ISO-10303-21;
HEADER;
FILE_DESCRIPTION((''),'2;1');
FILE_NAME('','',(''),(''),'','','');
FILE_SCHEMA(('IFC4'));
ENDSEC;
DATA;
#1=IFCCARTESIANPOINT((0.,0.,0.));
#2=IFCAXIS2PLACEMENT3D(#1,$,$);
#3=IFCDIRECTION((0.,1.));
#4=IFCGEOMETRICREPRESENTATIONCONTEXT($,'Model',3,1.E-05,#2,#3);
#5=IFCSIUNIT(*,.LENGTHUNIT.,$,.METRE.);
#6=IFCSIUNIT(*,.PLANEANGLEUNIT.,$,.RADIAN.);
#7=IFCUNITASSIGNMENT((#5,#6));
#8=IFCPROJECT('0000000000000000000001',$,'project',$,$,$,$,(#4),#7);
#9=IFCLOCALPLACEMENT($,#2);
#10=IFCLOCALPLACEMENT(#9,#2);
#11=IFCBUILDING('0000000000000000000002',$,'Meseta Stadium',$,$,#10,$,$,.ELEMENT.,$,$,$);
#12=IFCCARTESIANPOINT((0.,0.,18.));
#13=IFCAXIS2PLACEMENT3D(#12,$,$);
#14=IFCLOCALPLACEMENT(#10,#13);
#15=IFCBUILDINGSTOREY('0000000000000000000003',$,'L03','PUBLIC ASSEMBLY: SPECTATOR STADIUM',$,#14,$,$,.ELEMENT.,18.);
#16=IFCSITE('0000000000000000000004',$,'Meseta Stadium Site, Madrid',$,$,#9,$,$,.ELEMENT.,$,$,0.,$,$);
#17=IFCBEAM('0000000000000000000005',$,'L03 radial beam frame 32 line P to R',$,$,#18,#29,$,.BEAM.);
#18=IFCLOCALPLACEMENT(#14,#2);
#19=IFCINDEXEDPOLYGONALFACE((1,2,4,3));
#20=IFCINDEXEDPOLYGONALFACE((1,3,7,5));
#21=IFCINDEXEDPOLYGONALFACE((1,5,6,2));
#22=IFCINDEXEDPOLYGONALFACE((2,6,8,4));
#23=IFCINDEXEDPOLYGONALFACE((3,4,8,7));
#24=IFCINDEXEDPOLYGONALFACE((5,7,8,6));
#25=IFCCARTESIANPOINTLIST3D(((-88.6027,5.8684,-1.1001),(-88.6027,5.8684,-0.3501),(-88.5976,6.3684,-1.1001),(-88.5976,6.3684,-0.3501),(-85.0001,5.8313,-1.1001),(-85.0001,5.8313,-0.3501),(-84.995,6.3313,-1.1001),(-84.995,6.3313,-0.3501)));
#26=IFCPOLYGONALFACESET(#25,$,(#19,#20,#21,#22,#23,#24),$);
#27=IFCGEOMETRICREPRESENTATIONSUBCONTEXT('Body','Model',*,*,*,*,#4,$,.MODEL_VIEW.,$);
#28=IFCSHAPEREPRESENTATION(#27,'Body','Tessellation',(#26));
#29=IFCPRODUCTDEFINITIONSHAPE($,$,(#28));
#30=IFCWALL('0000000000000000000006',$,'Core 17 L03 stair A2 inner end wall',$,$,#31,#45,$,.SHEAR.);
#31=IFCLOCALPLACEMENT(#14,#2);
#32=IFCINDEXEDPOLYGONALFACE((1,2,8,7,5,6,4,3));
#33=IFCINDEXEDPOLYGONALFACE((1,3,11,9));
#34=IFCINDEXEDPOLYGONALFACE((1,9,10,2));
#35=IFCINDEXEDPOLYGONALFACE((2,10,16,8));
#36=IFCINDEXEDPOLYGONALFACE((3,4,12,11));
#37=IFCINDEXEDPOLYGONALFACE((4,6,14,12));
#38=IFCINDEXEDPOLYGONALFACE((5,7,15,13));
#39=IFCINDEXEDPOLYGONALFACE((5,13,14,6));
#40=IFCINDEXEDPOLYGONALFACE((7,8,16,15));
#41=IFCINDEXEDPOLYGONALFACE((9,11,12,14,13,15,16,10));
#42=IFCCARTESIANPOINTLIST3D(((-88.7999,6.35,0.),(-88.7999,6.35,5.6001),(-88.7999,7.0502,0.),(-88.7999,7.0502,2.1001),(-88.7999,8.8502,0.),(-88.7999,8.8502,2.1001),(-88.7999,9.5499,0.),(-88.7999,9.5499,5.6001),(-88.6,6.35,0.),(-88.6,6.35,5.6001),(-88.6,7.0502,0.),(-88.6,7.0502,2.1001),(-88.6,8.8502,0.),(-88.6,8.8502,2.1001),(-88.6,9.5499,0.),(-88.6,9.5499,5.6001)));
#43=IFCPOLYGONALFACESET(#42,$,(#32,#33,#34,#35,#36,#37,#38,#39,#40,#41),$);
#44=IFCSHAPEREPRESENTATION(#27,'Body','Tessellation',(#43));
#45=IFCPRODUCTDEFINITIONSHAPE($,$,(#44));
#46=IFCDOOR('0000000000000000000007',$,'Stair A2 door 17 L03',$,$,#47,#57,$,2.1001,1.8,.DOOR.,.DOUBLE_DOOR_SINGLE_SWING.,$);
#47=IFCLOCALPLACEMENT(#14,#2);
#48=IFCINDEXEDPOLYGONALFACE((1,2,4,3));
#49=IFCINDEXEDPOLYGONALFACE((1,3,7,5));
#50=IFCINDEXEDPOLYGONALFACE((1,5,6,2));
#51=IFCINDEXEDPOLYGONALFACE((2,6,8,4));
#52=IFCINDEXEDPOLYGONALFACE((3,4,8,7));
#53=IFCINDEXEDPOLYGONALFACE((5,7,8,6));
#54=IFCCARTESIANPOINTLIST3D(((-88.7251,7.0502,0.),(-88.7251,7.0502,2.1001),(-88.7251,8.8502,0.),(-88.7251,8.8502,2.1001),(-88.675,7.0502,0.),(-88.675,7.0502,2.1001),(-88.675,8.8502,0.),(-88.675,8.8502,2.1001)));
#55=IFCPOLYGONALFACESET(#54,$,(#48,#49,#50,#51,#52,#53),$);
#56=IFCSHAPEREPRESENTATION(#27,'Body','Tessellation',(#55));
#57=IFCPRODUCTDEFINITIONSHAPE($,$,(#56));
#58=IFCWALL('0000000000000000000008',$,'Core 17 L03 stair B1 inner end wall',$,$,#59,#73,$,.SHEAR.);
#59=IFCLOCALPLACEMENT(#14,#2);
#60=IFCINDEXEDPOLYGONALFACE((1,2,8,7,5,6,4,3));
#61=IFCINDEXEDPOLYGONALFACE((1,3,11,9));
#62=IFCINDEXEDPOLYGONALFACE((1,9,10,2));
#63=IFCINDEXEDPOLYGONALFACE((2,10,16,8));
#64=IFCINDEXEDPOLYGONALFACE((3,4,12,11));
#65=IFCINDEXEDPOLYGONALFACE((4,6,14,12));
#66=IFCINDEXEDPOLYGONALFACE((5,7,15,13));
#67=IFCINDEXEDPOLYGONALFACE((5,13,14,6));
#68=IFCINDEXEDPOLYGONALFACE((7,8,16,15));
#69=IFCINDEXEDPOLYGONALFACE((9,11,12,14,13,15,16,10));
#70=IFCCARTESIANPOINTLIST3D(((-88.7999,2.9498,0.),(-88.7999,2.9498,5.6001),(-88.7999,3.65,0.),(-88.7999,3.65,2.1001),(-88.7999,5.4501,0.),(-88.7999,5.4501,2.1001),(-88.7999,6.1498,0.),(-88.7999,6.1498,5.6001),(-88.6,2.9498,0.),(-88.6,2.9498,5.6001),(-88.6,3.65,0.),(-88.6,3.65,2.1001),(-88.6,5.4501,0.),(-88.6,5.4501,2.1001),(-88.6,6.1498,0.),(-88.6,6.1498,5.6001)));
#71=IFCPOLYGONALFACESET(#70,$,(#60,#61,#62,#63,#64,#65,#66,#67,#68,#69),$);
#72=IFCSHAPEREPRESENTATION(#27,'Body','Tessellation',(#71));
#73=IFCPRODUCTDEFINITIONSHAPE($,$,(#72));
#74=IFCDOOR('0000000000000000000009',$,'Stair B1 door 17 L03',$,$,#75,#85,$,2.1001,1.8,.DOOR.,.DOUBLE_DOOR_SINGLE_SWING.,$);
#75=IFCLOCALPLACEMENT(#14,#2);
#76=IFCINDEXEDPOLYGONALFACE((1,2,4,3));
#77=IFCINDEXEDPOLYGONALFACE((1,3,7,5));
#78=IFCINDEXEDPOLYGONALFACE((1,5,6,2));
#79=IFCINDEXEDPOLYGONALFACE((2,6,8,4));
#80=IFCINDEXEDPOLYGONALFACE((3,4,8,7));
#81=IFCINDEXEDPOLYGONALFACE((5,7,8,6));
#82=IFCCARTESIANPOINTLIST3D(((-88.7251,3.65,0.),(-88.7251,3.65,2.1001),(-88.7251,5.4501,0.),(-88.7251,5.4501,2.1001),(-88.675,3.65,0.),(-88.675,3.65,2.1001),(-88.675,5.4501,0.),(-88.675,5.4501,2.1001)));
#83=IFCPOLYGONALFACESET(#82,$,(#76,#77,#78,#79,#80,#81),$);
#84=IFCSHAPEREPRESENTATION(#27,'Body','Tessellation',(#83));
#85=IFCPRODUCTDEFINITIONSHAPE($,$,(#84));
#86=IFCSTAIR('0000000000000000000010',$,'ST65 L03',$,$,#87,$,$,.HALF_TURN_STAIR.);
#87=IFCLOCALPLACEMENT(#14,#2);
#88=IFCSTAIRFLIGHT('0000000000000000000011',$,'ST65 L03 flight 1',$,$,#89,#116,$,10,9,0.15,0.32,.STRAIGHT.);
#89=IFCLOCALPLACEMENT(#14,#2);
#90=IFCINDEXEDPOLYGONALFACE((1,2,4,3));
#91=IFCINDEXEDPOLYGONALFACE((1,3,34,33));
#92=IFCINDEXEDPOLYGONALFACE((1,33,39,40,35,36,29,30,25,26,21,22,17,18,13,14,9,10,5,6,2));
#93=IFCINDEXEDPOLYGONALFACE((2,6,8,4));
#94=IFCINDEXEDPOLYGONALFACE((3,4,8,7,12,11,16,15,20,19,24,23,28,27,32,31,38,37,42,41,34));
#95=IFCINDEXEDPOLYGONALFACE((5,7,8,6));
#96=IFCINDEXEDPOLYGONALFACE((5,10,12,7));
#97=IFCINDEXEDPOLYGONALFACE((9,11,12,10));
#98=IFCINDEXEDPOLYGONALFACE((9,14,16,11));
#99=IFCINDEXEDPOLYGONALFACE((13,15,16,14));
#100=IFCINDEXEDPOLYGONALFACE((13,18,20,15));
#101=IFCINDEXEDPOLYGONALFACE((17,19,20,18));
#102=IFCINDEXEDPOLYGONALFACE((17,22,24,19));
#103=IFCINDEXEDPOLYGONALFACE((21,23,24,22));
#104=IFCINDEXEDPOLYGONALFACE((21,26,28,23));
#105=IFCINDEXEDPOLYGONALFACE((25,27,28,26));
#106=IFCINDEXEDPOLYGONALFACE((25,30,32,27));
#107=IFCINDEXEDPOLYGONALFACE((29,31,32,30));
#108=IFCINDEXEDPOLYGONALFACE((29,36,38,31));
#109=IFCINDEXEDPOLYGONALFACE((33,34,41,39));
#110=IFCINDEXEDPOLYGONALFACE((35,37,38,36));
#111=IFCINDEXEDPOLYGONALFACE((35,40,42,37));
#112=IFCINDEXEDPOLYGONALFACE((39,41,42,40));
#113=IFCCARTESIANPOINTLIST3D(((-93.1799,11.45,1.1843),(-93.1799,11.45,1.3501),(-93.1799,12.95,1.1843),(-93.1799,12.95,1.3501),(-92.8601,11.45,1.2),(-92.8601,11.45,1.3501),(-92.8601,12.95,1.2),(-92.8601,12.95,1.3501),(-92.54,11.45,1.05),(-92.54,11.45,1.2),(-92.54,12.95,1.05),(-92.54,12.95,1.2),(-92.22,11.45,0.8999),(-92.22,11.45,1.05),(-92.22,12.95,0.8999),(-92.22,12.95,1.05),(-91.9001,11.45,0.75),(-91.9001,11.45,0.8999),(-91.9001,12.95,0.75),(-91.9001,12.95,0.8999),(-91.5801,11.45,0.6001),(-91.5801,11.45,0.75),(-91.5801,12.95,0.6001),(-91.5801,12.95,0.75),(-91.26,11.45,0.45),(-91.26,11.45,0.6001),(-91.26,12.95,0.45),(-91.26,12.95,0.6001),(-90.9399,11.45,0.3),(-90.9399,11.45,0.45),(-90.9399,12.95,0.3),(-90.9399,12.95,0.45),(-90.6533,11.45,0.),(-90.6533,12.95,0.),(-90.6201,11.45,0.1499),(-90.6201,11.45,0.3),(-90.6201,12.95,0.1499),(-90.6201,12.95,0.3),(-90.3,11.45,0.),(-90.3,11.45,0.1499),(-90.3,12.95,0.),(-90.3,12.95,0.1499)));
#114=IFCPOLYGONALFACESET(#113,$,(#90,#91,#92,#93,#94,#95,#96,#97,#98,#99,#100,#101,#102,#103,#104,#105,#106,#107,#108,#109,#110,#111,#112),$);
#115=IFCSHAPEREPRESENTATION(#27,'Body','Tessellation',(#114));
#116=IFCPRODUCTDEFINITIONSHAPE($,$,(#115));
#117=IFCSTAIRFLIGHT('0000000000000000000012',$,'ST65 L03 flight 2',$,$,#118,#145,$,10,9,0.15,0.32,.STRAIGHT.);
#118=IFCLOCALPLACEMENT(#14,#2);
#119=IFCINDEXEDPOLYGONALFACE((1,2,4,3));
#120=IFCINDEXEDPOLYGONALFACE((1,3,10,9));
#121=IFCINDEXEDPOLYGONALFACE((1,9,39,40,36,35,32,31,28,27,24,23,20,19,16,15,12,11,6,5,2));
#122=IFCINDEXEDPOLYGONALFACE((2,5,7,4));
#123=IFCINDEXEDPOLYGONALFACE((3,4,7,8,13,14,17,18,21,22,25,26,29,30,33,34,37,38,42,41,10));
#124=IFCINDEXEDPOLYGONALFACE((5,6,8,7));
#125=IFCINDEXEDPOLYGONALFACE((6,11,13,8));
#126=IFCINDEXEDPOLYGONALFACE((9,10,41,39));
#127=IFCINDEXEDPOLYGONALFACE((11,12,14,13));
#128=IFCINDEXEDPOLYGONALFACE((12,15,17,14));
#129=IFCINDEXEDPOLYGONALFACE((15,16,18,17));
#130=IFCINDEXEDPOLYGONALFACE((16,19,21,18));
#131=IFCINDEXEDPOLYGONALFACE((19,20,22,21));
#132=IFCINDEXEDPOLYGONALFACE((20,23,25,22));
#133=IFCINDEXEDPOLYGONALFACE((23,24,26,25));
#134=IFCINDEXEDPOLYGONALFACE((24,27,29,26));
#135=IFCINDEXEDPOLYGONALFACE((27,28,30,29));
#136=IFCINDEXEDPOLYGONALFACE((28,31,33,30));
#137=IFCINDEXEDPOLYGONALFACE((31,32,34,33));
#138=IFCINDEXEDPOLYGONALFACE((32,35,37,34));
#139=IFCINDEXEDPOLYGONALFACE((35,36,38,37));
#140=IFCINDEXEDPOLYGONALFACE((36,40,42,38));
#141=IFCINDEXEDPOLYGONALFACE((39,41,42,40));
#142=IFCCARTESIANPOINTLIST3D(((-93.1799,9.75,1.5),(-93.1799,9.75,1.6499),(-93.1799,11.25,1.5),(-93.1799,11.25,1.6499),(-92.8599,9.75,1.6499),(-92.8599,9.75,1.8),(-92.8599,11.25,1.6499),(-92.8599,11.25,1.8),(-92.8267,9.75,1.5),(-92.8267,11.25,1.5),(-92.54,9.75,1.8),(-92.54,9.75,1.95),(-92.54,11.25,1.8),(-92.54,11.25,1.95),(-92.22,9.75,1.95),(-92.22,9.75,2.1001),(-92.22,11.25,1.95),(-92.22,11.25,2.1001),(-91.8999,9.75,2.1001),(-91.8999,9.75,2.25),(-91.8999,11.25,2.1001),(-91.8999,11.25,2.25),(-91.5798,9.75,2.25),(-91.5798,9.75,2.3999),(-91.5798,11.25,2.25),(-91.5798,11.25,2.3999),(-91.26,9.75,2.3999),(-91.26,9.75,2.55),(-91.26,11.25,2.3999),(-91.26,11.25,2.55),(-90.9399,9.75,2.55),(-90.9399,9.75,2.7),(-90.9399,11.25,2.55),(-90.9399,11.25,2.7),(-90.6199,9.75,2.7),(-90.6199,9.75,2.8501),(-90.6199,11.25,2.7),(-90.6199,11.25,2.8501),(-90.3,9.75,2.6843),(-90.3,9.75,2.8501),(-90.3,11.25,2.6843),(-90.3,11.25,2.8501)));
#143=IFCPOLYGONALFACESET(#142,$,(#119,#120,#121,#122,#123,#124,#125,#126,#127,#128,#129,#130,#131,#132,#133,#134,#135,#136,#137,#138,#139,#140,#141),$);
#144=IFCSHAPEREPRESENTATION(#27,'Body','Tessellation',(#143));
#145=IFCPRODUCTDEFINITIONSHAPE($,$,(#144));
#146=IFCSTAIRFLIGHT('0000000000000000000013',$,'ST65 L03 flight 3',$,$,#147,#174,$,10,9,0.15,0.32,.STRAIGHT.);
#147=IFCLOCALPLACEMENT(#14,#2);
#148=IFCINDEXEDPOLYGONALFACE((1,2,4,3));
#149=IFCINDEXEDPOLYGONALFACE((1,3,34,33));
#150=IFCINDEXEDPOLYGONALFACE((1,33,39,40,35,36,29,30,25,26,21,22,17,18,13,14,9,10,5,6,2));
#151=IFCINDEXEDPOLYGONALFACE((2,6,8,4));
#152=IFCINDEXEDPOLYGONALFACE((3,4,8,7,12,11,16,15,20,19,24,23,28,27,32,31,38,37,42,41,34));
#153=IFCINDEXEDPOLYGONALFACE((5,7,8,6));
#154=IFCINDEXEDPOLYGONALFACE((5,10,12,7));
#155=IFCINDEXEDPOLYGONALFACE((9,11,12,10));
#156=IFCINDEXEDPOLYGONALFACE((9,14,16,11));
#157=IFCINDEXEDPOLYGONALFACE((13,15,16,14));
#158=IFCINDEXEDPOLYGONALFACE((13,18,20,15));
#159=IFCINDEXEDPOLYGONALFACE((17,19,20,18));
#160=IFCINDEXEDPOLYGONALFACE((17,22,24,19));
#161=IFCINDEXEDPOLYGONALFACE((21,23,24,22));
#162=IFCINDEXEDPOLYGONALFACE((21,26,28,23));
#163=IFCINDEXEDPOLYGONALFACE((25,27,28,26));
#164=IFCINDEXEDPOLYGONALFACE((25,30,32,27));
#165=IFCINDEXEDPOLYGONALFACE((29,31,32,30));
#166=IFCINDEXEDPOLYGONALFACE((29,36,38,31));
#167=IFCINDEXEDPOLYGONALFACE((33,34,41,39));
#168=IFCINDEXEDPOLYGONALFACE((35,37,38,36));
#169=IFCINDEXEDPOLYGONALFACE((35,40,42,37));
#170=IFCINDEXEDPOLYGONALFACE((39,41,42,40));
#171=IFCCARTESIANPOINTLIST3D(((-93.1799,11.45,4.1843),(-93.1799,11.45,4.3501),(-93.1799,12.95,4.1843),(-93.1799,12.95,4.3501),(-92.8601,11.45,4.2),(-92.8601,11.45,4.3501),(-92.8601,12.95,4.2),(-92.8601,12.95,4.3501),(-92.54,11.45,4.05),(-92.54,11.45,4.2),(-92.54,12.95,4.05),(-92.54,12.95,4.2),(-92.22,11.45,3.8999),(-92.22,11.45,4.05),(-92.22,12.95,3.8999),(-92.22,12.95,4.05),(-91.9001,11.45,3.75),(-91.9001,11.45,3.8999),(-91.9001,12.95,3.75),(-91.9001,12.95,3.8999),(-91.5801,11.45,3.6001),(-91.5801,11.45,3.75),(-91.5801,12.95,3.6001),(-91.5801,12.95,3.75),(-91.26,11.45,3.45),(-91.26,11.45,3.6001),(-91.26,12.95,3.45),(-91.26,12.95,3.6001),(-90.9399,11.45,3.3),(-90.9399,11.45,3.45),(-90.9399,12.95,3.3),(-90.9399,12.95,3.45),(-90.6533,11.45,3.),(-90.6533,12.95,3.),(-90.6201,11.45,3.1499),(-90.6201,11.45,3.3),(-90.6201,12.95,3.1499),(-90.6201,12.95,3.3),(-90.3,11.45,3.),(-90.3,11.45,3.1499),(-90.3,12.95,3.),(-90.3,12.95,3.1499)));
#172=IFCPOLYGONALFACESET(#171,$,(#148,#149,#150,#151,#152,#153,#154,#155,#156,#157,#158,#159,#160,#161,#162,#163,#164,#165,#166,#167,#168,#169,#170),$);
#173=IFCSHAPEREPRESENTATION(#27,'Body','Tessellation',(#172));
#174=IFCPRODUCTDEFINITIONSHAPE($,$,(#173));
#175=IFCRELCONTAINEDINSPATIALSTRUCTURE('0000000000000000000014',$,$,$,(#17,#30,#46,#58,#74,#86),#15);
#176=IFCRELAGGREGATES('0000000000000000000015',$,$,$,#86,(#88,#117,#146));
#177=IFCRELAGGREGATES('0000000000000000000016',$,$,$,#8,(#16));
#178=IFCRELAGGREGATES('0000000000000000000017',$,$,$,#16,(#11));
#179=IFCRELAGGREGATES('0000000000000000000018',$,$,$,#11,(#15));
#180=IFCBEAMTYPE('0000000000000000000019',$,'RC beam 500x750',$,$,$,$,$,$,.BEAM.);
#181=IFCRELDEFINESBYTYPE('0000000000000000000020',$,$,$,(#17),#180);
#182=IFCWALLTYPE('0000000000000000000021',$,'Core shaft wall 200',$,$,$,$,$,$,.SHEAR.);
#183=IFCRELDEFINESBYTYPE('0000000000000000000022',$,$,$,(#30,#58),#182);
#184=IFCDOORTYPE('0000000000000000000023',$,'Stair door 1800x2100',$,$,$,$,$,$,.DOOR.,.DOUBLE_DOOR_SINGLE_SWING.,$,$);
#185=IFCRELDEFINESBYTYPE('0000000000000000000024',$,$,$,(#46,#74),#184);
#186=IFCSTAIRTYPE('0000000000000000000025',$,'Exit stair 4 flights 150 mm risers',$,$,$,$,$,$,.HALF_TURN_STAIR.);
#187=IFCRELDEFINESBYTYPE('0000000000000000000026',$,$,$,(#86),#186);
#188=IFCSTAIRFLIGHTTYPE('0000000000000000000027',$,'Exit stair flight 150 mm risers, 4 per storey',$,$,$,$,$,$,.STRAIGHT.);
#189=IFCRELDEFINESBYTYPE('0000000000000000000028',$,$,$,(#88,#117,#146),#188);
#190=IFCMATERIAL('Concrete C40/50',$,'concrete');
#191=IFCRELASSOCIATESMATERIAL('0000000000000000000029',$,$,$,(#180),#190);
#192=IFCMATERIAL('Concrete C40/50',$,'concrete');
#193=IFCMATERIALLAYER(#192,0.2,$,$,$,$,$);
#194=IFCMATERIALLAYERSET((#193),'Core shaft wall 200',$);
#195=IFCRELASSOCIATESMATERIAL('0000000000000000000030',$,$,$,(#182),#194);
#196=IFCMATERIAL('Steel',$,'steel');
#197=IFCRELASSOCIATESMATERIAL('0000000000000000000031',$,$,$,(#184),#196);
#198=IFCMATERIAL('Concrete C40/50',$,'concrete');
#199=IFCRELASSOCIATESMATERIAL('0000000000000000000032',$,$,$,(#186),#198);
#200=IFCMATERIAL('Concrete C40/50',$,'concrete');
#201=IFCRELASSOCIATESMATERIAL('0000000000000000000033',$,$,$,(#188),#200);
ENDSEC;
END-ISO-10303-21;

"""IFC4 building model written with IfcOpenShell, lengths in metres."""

from ifc_helpers import new_model, si_unit, direction, frame, frame_2d, origin, origin_2d, place, context, subcontext, project, spatial, polyline, rectangle, outline, extrude, material, layer, layer_set, material_profile, profile_set, type_object, element, fill, aggregate, save


model = new_model("IFC4")

# Units and contexts
model_context = context("Model", 3, precision=1e-05, world=origin(), true_north=direction((0.0, 1.0)))
body_context = subcontext(model_context, "Body", "Model", "MODEL_VIEW")
ifc_project = project(units=[si_unit("LENGTHUNIT", "METRE"), si_unit("PLANEANGLEUNIT", "RADIAN")], contexts=[model_context])

# Site, building, storey
site_placement = place(None, origin())
site = spatial("IfcSite", under=ifc_project, at=site_placement, Name="Meseta Stadium Site, Madrid", CompositionType="ELEMENT", RefElevation=0.0)
building_placement = place(site_placement, origin())
building = spatial("IfcBuilding", under=site, at=building_placement, Name="Meseta Stadium", CompositionType="ELEMENT")
storey_placement = place(building_placement, frame((0.0, 0.0, 18.0)))
storey = spatial("IfcBuildingStorey", under=building, at=storey_placement, Name="L03", Description="PUBLIC ASSEMBLY: SPECTATOR STADIUM", CompositionType="ELEMENT", Elevation=18.0)

# Beam
ifc_material_1 = material(Name="Concrete C40/50", Category="concrete")
ifc_material_profile = material_profile(ifc_material_1, rectangle(XDim=0.5, YDim=0.75, at=origin_2d()), Name="RC 500x750")
ifc_profile_set = profile_set([ifc_material_profile], Name="Concrete C40/50")
beam_type = type_object("IfcBeamType", Name="RC beam 500x750", PredefinedType="BEAM", material=ifc_profile_set)
beam_placement = place(storey_placement, frame((-84.9976, 6.0813, -0.7251), z_axis=(-0.999947, 0.0103, 0.0), x_axis=(-0.0103, -0.999947, 0.0)))
element("IfcBeam", 1, at=beam_placement, inside=storey, type_object=beam_type, Name="L03 radial beam frame 32 line P to R", PredefinedType="BEAM", context=body_context, shape_type="SweptSolid", body=[
    extrude(rectangle(XDim=0.5, YDim=0.75, at=origin_2d()), origin(), (0.0, 0.0, 1.0), 3.6028),
])

# Walls, openings, doors
ifc_material_2 = material(Name="Concrete C40/50", Category="concrete")
ifc_layer = layer(ifc_material_2, 0.2)
ifc_layer_set = layer_set([ifc_layer], Name="Core shaft wall 200")
wall_type = type_object("IfcWallType", Name="Core shaft wall 200", PredefinedType="SHEAR", material=ifc_layer_set)
wall_1_placement = place(storey_placement, frame((-88.7, 9.55, 0.0), z_axis=(0.0, 0.0, 1.0), x_axis=(0.0, -1.0, 0.0)))
wall_1 = element("IfcWall", 2, at=wall_1_placement, inside=storey, type_object=wall_type, Name="Core 17 L03 stair A2 inner end wall", PredefinedType="SHEAR", context=body_context, shape_type="SweptSolid", body=[
    extrude(rectangle(XDim=3.2, YDim=0.2, at=frame_2d((1.6001, 0.0))), origin(), (0.0, 0.0, 1.0), 5.6001),
])
opening_1_placement = place(wall_1_placement, frame((0.7, 0.0, 0.0)))
opening_1 = element("IfcOpeningElement", 3, at=opening_1_placement, cuts=wall_1, PredefinedType="OPENING", context=body_context, shape_type="SweptSolid", body=[
    extrude(rectangle(XDim=1.8, YDim=2.1001, at=frame_2d((0.8999, 1.05))), frame((0.0, 0.1099, 0.0), z_axis=(0.0, -1.0, 0.0), x_axis=(1.0, 0.0, 0.0)), (0.0, 0.0, 1.0), 0.22),
])
ifc_material_3 = material(Name="Steel", Category="steel")
door_type = type_object("IfcDoorType", Name="Stair door 1800x2100", OperationType="DOUBLE_DOOR_SINGLE_SWING", PredefinedType="DOOR", material=ifc_material_3)
door_1_placement = place(opening_1_placement, origin())
door_1 = element("IfcDoor", 4, at=door_1_placement, inside=storey, type_object=door_type, Name="Stair A2 door 17 L03", OperationType="DOUBLE_DOOR_SINGLE_SWING", OverallHeight=2.1001, OverallWidth=1.8, PredefinedType="DOOR", context=body_context, shape_type="SweptSolid", body=[
    extrude(rectangle(XDim=1.8, YDim=2.1001, at=frame_2d((0.8999, 1.05))), frame((0.0, 0.0249, 0.0), z_axis=(0.0, -1.0, 0.0), x_axis=(1.0, 0.0, 0.0)), (0.0, 0.0, 1.0), 0.05),
])
fill(opening_1, door_1)
wall_2_placement = place(storey_placement, frame((-88.7, 6.1499, 0.0), z_axis=(0.0, 0.0, 1.0), x_axis=(0.0, -1.0, 0.0)))
wall_2 = element("IfcWall", 5, at=wall_2_placement, inside=storey, type_object=wall_type, Name="Core 17 L03 stair B1 inner end wall", PredefinedType="SHEAR", context=body_context, shape_type="SweptSolid", body=[
    extrude(rectangle(XDim=3.2, YDim=0.2, at=frame_2d((1.6001, 0.0))), origin(), (0.0, 0.0, 1.0), 5.6001),
])
opening_2_placement = place(wall_2_placement, frame((0.7, 0.0, 0.0)))
opening_2 = element("IfcOpeningElement", 6, at=opening_2_placement, cuts=wall_2, PredefinedType="OPENING", context=body_context, shape_type="SweptSolid", body=[
    extrude(rectangle(XDim=1.8, YDim=2.1001, at=frame_2d((0.8999, 1.05))), frame((0.0, 0.1099, 0.0), z_axis=(0.0, -1.0, 0.0), x_axis=(1.0, 0.0, 0.0)), (0.0, 0.0, 1.0), 0.22),
])
door_2_placement = place(opening_2_placement, origin())
door_2 = element("IfcDoor", 7, at=door_2_placement, inside=storey, type_object=door_type, Name="Stair B1 door 17 L03", OperationType="DOUBLE_DOOR_SINGLE_SWING", OverallHeight=2.1001, OverallWidth=1.8, PredefinedType="DOOR", context=body_context, shape_type="SweptSolid", body=[
    extrude(rectangle(XDim=1.8, YDim=2.1001, at=frame_2d((0.8999, 1.05))), frame((0.0, 0.0249, 0.0), z_axis=(0.0, -1.0, 0.0), x_axis=(1.0, 0.0, 0.0)), (0.0, 0.0, 1.0), 0.05),
])
fill(opening_2, door_2)

# Stair, stair flights
ifc_material_4 = material(Name="Concrete C40/50", Category="concrete")
stair_type = type_object("IfcStairType", Name="Exit stair 4 flights 150 mm risers", PredefinedType="HALF_TURN_STAIR", material=ifc_material_4)
stair_1_placement = place(storey_placement, origin())
stair_1 = element("IfcStair", 8, at=stair_1_placement, inside=storey, type_object=stair_type, Name="ST65 L03", PredefinedType="HALF_TURN_STAIR")
ifc_material_5 = material(Name="Concrete C40/50", Category="concrete")
stair_flight_type = type_object("IfcStairFlightType", Name="Exit stair flight 150 mm risers, 4 per storey", PredefinedType="STRAIGHT", material=ifc_material_5)
stair_flight_1_placement = place(storey_placement, frame((-90.3, 12.2, 0.0), z_axis=(0.0, 0.0, 1.0), x_axis=(-1.0, 0.0, 0.0)))
stair_flight_1 = element("IfcStairFlight", 9, at=stair_flight_1_placement, type_object=stair_flight_type, Name="ST65 L03 flight 1", NumberOfRisers=10, NumberOfTreads=9, PredefinedType="STRAIGHT", RiserHeight=0.15, TreadLength=0.32, context=body_context, shape_type="SweptSolid", body=[
    extrude(outline(polyline([(0.0, 0.0), (0.0, 0.1499), (0.3201, 0.1499), (0.3201, 0.3), (0.6399, 0.3), (0.6399, 0.45), (0.96, 0.45), (0.96, 0.6001), (1.28, 0.6001), (1.28, 0.75), (1.6001, 0.75), (1.6001, 0.8999), (1.9199, 0.8999), (1.9199, 1.05), (2.24, 1.05), (2.24, 1.2), (2.5601, 1.2), (2.5601, 1.3501), (2.8799, 1.3501), (2.8799, 1.1843), (0.3533, 0.0), (0.0, 0.0)])), frame((0.0, 0.75, 0.0), z_axis=(0.0, -1.0, 0.0), x_axis=(1.0, 0.0, 0.0)), (0.0, 0.0, 1.0), 1.5),
])
stair_flight_2_placement = place(storey_placement, frame((-93.1799, 10.5, 1.5), z_axis=(0.0, 0.0, 1.0), x_axis=(1.0, 0.0, 0.0)))
stair_flight_2 = element("IfcStairFlight", 10, at=stair_flight_2_placement, type_object=stair_flight_type, Name="ST65 L03 flight 2", NumberOfRisers=10, NumberOfTreads=9, PredefinedType="STRAIGHT", RiserHeight=0.15, TreadLength=0.32, context=body_context, shape_type="SweptSolid", body=[
    extrude(outline(polyline([(0.0, 0.0), (0.0, 0.1499), (0.3201, 0.1499), (0.3201, 0.3), (0.6399, 0.3), (0.6399, 0.45), (0.96, 0.45), (0.96, 0.6001), (1.28, 0.6001), (1.28, 0.75), (1.6001, 0.75), (1.6001, 0.8999), (1.9199, 0.8999), (1.9199, 1.05), (2.24, 1.05), (2.24, 1.2), (2.5601, 1.2), (2.5601, 1.3501), (2.8799, 1.3501), (2.8799, 1.1843), (0.3533, 0.0), (0.0, 0.0)])), frame((0.0, 0.75, 0.0), z_axis=(0.0, -1.0, 0.0), x_axis=(1.0, 0.0, 0.0)), (0.0, 0.0, 1.0), 1.5),
])
stair_flight_3_placement = place(storey_placement, frame((-90.3, 12.2, 3.0), z_axis=(0.0, 0.0, 1.0), x_axis=(-1.0, 0.0, 0.0)))
stair_flight_3 = element("IfcStairFlight", 11, at=stair_flight_3_placement, type_object=stair_flight_type, Name="ST65 L03 flight 3", NumberOfRisers=10, NumberOfTreads=9, PredefinedType="STRAIGHT", RiserHeight=0.15, TreadLength=0.32, context=body_context, shape_type="SweptSolid", body=[
    extrude(outline(polyline([(0.0, 0.0), (0.0, 0.1499), (0.3201, 0.1499), (0.3201, 0.3), (0.6399, 0.3), (0.6399, 0.45), (0.96, 0.45), (0.96, 0.6001), (1.28, 0.6001), (1.28, 0.75), (1.6001, 0.75), (1.6001, 0.8999), (1.9199, 0.8999), (1.9199, 1.05), (2.24, 1.05), (2.24, 1.2), (2.5601, 1.2), (2.5601, 1.3501), (2.8799, 1.3501), (2.8799, 1.1843), (0.3533, 0.0), (0.0, 0.0)])), frame((0.0, 0.75, 0.0), z_axis=(0.0, -1.0, 0.0), x_axis=(1.0, 0.0, 0.0)), (0.0, 0.0, 1.0), 1.5),
])
aggregate(stair_1, [stair_flight_1, stair_flight_2, stair_flight_3])

save(model, "model.ifc")
